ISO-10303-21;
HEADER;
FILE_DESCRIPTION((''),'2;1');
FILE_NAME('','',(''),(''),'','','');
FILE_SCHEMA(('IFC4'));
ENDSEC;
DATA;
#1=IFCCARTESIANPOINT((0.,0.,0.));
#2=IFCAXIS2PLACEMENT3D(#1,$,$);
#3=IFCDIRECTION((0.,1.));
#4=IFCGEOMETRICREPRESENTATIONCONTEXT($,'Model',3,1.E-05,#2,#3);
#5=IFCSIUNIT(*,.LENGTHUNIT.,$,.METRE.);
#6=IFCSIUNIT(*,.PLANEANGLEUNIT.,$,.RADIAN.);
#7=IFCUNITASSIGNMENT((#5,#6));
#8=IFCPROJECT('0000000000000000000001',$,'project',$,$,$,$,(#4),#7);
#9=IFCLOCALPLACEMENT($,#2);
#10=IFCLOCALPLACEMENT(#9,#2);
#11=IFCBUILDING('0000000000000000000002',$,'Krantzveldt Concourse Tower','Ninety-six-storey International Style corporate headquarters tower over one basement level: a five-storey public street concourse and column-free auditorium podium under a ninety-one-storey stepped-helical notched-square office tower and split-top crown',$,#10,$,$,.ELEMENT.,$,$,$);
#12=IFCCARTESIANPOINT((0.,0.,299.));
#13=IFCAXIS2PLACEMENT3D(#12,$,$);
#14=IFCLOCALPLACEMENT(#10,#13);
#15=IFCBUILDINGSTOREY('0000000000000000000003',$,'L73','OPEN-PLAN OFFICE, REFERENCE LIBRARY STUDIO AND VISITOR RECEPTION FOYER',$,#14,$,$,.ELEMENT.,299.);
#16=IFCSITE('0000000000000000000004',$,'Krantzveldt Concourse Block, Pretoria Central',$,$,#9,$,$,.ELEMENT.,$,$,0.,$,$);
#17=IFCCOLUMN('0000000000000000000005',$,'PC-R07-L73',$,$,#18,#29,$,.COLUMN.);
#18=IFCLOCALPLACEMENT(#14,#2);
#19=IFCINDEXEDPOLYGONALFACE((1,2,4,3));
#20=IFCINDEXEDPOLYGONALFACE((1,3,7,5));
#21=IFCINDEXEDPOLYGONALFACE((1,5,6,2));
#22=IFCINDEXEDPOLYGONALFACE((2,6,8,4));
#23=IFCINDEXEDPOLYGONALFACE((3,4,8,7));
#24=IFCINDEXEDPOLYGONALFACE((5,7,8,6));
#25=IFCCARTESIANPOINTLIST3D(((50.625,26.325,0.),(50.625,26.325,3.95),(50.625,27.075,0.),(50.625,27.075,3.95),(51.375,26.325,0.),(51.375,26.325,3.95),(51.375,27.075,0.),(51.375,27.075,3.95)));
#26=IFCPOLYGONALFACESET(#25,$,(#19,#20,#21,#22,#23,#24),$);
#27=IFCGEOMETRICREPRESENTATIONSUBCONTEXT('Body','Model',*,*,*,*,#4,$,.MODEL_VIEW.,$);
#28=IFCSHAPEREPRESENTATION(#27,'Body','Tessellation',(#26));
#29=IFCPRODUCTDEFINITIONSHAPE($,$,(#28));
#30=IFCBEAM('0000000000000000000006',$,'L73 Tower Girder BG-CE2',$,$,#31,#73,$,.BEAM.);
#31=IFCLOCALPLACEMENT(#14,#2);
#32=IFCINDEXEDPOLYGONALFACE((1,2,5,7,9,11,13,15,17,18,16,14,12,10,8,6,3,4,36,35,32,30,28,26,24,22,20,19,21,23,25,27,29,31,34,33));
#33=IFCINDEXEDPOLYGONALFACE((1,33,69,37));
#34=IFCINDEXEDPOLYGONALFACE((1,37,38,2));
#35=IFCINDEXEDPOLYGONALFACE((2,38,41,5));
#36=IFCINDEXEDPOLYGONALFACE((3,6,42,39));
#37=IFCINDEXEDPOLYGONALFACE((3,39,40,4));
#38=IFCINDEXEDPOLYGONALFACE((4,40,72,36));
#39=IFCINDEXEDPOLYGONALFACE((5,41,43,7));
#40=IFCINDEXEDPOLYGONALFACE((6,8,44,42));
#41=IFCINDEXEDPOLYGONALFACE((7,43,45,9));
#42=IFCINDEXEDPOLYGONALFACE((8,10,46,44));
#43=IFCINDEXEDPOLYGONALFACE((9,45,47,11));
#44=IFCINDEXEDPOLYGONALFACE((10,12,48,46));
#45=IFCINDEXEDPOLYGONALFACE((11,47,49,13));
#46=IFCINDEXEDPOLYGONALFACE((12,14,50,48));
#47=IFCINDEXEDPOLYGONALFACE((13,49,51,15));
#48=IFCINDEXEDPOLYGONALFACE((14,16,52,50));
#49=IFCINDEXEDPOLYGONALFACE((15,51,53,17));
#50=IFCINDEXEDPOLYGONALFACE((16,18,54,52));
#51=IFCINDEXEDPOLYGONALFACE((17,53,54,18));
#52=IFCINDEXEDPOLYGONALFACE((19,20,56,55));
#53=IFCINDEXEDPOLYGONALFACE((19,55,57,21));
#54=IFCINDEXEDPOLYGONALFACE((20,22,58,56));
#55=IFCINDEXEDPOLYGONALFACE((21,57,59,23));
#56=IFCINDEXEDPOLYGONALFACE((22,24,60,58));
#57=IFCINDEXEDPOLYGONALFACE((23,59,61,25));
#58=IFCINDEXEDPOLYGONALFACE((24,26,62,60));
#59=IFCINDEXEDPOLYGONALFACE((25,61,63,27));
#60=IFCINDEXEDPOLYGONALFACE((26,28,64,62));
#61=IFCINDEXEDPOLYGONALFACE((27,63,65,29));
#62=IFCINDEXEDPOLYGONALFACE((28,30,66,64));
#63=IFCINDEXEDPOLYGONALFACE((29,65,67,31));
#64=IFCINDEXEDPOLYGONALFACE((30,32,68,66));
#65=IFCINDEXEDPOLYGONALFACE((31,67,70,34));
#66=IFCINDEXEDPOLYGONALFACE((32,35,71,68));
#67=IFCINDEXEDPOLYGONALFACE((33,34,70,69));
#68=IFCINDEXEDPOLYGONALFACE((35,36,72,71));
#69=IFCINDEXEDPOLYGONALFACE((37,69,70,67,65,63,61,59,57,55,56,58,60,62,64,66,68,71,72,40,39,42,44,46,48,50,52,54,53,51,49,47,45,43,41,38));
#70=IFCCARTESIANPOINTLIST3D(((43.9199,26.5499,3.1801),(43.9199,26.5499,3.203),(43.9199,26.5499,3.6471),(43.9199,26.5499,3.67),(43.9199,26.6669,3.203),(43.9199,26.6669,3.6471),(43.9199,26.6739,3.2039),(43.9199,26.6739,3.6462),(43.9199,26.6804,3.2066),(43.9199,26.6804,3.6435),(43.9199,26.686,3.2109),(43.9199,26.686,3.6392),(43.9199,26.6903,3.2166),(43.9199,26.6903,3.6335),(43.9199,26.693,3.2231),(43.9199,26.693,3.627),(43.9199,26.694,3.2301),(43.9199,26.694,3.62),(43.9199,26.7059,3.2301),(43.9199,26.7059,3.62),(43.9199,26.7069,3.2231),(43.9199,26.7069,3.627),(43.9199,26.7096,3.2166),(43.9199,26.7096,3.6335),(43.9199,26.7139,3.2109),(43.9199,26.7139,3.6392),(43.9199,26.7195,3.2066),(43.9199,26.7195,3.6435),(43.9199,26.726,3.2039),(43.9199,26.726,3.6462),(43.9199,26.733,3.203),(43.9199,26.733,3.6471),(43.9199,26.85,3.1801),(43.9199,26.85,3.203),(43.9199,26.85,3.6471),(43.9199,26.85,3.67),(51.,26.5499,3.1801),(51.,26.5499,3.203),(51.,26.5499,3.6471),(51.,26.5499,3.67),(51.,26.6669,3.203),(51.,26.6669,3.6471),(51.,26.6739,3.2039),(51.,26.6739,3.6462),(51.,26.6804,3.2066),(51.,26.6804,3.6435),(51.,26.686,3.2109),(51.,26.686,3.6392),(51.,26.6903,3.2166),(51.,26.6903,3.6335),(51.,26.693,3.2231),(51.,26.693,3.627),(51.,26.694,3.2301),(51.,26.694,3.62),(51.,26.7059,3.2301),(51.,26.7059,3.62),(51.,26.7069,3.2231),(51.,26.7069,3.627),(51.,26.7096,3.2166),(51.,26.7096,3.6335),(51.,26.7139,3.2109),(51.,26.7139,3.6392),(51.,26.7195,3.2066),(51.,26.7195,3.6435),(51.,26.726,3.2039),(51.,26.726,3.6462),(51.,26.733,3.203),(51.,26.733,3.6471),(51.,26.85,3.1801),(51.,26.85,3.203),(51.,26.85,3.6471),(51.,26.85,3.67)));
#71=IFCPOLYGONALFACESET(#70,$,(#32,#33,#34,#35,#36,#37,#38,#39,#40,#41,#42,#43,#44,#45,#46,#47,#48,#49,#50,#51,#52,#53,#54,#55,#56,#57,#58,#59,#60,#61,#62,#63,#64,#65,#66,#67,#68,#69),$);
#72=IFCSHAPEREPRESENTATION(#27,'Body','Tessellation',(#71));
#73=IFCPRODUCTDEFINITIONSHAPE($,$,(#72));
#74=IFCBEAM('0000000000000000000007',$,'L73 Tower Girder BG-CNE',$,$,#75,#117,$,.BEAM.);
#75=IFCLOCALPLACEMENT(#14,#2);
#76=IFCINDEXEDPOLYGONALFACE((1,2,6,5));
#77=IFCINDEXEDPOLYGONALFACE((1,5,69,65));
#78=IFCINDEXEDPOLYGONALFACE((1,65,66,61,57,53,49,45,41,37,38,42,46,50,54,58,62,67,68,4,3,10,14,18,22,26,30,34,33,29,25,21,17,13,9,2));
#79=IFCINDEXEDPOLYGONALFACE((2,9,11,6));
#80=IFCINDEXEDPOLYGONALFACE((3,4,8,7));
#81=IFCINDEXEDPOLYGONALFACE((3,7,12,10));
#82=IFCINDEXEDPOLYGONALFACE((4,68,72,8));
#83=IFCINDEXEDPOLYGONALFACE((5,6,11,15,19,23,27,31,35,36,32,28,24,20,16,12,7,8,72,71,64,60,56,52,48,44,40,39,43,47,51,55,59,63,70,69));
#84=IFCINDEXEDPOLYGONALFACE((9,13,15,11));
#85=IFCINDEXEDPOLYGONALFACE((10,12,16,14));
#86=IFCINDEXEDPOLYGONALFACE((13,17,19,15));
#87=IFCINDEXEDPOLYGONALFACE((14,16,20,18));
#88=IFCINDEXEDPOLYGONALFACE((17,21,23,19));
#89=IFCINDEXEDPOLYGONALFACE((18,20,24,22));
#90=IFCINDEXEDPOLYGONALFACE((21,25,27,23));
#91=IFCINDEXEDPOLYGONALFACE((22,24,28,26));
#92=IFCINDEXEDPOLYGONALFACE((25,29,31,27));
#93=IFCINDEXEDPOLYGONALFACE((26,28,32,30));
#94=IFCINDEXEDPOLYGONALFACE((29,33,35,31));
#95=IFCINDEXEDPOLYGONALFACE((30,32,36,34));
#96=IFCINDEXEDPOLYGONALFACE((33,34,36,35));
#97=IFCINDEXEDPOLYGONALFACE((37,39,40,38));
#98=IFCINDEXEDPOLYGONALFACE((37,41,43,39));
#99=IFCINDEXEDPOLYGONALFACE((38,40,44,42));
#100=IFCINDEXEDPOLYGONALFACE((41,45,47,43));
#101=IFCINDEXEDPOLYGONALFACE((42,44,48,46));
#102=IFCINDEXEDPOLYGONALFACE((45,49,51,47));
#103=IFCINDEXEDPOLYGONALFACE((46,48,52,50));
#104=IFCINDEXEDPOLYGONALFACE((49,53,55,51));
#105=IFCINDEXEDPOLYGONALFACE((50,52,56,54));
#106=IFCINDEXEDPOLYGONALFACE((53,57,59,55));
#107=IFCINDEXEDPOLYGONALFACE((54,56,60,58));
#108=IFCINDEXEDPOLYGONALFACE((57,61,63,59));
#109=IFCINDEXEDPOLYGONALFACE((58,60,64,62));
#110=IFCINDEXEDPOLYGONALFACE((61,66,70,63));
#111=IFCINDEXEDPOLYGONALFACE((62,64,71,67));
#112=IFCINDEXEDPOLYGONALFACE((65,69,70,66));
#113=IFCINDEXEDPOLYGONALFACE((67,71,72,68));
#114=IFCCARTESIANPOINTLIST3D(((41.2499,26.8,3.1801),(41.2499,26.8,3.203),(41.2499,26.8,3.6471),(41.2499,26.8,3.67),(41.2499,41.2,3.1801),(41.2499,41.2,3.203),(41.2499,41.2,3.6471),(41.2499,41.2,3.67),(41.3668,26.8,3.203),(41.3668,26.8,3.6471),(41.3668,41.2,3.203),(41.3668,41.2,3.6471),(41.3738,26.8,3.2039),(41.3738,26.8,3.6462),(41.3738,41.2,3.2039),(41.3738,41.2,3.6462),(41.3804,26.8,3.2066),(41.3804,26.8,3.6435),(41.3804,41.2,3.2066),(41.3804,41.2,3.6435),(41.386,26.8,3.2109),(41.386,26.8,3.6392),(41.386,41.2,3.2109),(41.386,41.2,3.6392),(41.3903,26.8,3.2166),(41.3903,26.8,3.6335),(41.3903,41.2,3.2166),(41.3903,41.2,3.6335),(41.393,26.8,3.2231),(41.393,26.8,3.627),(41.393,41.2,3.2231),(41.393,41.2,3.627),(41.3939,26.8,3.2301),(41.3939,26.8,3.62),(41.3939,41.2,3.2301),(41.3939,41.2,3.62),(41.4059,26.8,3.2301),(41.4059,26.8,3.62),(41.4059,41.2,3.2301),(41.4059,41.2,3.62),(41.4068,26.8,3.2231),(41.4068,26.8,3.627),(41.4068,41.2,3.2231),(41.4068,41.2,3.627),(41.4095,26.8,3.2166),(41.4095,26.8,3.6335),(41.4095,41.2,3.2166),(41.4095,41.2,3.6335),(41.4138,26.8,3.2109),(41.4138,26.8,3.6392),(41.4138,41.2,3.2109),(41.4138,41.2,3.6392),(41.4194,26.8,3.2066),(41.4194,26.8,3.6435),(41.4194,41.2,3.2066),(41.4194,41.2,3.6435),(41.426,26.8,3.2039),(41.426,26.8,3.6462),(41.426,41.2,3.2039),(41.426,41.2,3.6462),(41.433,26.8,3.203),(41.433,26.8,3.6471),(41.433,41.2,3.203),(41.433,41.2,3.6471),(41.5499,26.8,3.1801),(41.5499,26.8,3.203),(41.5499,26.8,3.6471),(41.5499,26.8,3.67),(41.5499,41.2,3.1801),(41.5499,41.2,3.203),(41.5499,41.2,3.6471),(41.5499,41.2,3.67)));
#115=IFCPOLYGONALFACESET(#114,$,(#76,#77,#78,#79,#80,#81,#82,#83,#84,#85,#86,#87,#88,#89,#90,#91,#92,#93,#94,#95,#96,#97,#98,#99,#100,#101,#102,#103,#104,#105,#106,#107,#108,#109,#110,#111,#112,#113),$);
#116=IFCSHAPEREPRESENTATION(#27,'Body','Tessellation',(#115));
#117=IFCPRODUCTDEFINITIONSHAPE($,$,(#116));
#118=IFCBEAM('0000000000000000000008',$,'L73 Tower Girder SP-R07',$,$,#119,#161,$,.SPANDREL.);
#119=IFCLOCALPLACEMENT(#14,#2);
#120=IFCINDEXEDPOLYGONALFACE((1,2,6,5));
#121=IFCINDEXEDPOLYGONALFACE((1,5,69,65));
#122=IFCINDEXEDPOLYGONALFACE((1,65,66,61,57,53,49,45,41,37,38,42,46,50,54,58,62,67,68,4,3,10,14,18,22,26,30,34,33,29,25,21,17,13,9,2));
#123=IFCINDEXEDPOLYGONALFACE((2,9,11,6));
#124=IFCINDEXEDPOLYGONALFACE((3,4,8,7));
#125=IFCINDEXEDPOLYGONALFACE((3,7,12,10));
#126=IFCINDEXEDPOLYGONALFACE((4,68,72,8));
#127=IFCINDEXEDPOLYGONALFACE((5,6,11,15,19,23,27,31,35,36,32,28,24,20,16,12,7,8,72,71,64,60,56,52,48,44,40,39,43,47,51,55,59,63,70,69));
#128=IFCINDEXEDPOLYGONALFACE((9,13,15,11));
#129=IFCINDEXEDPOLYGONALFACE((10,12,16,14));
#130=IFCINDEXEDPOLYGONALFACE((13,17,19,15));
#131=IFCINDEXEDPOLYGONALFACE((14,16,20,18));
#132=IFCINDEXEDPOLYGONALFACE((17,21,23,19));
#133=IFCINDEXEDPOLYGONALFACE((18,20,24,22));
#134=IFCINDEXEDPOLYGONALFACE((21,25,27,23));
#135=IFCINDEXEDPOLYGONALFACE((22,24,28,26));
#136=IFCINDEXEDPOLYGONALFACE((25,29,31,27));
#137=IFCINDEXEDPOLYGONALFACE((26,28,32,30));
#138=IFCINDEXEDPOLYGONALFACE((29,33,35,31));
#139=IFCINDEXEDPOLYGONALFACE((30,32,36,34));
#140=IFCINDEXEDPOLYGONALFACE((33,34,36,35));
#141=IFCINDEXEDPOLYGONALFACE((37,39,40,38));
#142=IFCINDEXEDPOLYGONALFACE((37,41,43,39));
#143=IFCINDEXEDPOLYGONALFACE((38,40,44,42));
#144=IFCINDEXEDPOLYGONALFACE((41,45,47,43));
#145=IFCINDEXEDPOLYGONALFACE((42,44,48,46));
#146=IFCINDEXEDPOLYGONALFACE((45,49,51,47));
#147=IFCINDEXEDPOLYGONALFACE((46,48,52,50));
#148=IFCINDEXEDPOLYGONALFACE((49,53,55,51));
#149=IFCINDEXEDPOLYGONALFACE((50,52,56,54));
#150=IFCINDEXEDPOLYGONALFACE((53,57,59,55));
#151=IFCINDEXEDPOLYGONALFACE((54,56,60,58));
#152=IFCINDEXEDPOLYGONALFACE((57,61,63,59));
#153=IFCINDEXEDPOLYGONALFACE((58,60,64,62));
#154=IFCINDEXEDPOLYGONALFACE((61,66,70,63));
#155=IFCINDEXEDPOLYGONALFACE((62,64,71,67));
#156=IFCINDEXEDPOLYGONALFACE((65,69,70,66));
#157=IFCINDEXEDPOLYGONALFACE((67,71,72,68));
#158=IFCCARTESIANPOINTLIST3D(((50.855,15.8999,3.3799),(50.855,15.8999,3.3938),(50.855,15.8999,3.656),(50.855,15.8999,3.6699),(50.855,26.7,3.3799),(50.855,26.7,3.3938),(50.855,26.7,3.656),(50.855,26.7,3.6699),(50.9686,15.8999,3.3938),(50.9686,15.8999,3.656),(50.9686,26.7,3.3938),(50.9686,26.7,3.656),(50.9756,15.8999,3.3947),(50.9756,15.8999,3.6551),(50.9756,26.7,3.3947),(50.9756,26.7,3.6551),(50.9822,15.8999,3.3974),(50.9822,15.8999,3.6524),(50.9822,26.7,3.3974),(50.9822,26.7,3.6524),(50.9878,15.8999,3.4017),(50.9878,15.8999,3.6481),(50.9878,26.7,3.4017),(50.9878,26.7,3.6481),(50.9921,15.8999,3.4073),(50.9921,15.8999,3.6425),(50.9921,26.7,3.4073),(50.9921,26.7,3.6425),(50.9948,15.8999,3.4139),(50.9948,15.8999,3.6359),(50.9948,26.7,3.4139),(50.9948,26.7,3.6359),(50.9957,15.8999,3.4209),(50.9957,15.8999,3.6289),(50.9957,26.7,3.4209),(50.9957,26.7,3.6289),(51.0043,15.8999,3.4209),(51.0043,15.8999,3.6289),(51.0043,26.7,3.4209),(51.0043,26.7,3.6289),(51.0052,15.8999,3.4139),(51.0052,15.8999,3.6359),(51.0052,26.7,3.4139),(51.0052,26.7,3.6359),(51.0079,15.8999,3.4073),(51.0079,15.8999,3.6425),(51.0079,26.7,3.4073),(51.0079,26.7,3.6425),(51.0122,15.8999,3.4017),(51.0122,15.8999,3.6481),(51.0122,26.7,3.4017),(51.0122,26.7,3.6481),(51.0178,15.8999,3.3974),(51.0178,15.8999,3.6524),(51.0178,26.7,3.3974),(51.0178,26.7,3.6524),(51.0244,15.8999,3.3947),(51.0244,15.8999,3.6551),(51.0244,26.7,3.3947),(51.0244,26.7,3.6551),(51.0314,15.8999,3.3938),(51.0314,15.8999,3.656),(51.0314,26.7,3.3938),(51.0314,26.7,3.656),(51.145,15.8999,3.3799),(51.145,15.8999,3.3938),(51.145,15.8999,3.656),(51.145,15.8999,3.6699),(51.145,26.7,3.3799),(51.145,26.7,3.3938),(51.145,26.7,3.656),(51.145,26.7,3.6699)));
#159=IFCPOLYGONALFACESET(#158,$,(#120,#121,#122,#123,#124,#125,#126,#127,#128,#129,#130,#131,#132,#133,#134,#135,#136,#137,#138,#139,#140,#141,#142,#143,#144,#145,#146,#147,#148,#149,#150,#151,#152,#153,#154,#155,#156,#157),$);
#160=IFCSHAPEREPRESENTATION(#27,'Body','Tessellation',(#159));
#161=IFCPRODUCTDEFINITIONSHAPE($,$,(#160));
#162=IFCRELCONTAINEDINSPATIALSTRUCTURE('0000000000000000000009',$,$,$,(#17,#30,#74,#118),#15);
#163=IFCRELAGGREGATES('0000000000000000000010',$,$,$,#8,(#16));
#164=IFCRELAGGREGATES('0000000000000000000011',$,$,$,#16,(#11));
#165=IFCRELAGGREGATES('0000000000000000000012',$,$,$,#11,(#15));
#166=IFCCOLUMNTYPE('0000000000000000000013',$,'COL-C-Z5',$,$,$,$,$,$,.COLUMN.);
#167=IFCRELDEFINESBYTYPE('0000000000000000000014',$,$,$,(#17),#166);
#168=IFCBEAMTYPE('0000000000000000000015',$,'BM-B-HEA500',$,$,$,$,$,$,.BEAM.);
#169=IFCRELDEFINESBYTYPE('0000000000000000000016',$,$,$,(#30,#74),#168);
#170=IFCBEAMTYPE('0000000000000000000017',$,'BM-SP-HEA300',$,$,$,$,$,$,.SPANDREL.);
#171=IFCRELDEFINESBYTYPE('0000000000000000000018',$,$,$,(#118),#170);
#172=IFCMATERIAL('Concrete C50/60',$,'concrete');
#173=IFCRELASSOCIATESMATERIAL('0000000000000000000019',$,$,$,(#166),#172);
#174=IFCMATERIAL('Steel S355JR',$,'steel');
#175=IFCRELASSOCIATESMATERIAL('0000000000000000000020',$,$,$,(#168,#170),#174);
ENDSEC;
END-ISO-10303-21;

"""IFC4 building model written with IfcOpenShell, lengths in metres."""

from ifc_helpers import new_model, si_unit, direction, frame, origin, origin_2d, place, context, subcontext, project, spatial, rectangle, i_section, extrude, source, transform, mapped, material, material_profile, profile_set, type_object, type_shapes, element, save


model = new_model("IFC4")

# Units and contexts
model_context = context("Model", 3, precision=1e-05, world=origin(), true_north=direction((0.0, 1.0)))
body_context = subcontext(model_context, "Body", "Model", "MODEL_VIEW")
ifc_project = project(units=[si_unit("LENGTHUNIT", "METRE"), si_unit("PLANEANGLEUNIT", "RADIAN")], contexts=[model_context])

# Site, building, storey
site_placement = place(None, origin())
site = spatial("IfcSite", under=ifc_project, at=site_placement, Name="Krantzveldt Concourse Block, Pretoria Central", CompositionType="ELEMENT", RefElevation=0.0)
building_placement = place(site_placement, origin())
building = spatial("IfcBuilding", under=site, at=building_placement, Name="Krantzveldt Concourse Tower", Description="Ninety-six-storey International Style corporate headquarters tower over one basement level: a five-storey public street concourse and column-free auditorium podium under a ninety-one-storey stepped-helical notched-square office tower and split-top crown", CompositionType="ELEMENT")
storey_placement = place(building_placement, frame((0.0, 0.0, 299.0)))
storey = spatial("IfcBuildingStorey", under=building, at=storey_placement, Name="L73", Description="OPEN-PLAN OFFICE, REFERENCE LIBRARY STUDIO AND VISITOR RECEPTION FOYER", CompositionType="ELEMENT", Elevation=299.0)

# Column
ifc_material_1 = material(Name="Concrete C50/60", Category="concrete")
ifc_material_profile_1 = material_profile(ifc_material_1, rectangle(XDim=0.75, YDim=0.75, at=origin_2d()), Name="Concrete C50/60", Category="concrete")
ifc_profile_set_1 = profile_set([ifc_material_profile_1], Name="Concrete C50/60 - RC 750x750")
column_type = type_object("IfcColumnType", Name="COL-C-Z5", PredefinedType="COLUMN", material=ifc_profile_set_1)
shared_shape_1 = source(origin(), body_context, "Body", "SweptSolid", [
    extrude(rectangle(XDim=0.75, YDim=0.75, at=origin_2d()), origin(), (0.0, 0.0, 1.0), 3.95),
])
type_shapes(column_type, [shared_shape_1])
column_placement = place(storey_placement, frame((51.0, 26.7, 0.0), z_axis=(0.0, 0.0, 1.0), x_axis=(1.0, 0.0, 0.0)))
element("IfcColumn", 1, at=column_placement, inside=storey, type_object=column_type, Name="PC-R07-L73", PredefinedType="COLUMN", context=body_context, shape_type="MappedRepresentation", body=[
    mapped(shared_shape_1, transform((0.0, 0.0, 0.0), x_axis=(1.0, 0.0, 0.0), y_axis=(0.0, 1.0, 0.0), z_axis=(0.0, 0.0, 1.0), scale=1.0)),
])

# Beams
ifc_material_2 = material(Name="Steel S355JR", Category="steel")
ifc_material_profile_2 = material_profile(ifc_material_2, i_section(OverallWidth=0.3, OverallDepth=0.49, WebThickness=0.012, FlangeThickness=0.0229, FilletRadius=0.0271, at=origin_2d()), Name="Steel S355JR", Category="steel")
ifc_profile_set_2 = profile_set([ifc_material_profile_2], Name="Steel S355JR - HEA 500")
beam_type_1 = type_object("IfcBeamType", Name="BM-B-HEA500", PredefinedType="BEAM", material=ifc_profile_set_2)
shared_shape_2 = source(origin(), body_context, "Body", "SweptSolid", [
    extrude(i_section(OverallWidth=0.3, OverallDepth=0.49, WebThickness=0.012, FlangeThickness=0.0229, FilletRadius=0.0271, at=origin_2d()), origin(), (0.0, 0.0, 1.0), 7.0801),
])
beam_1_placement = place(storey_placement, frame((43.9199, 26.7, 3.425), z_axis=(1.0, 0.0, 0.0), x_axis=(0.0, 1.0, 0.0)))
element("IfcBeam", 2, at=beam_1_placement, inside=storey, type_object=beam_type_1, Name="L73 Tower Girder BG-CE2", PredefinedType="BEAM", context=body_context, shape_type="MappedRepresentation", body=[
    mapped(shared_shape_2, transform((0.0, 0.0, 0.0), x_axis=(1.0, 0.0, 0.0), y_axis=(0.0, 1.0, 0.0), z_axis=(0.0, 0.0, 1.0), scale=1.0)),
])
shared_shape_3 = source(origin(), body_context, "Body", "SweptSolid", [
    extrude(i_section(OverallWidth=0.3, OverallDepth=0.49, WebThickness=0.012, FlangeThickness=0.0229, FilletRadius=0.0271, at=origin_2d()), origin(), (0.0, 0.0, 1.0), 14.3999),
])
type_shapes(beam_type_1, [shared_shape_2, shared_shape_3])
beam_2_placement = place(storey_placement, frame((41.3999, 26.8, 3.425), z_axis=(0.0, 1.0, 0.0), x_axis=(-1.0, 0.0, 0.0)))
element("IfcBeam", 3, at=beam_2_placement, inside=storey, type_object=beam_type_1, Name="L73 Tower Girder BG-CNE", PredefinedType="BEAM", context=body_context, shape_type="MappedRepresentation", body=[
    mapped(shared_shape_3, transform((0.0, 0.0, 0.0), x_axis=(1.0, 0.0, 0.0), y_axis=(0.0, 1.0, 0.0), z_axis=(0.0, 0.0, 1.0), scale=1.0)),
])
ifc_material_profile_3 = material_profile(ifc_material_2, i_section(OverallWidth=0.29, OverallDepth=0.29, WebThickness=0.0085, FlangeThickness=0.0139, FilletRadius=0.0271, at=origin_2d()), Name="Steel S355JR", Category="steel")
ifc_profile_set_3 = profile_set([ifc_material_profile_3], Name="Steel S355JR - HEA 300")
beam_type_2 = type_object("IfcBeamType", Name="BM-SP-HEA300", PredefinedType="SPANDREL", material=ifc_profile_set_3)
shared_shape_4 = source(origin(), body_context, "Body", "SweptSolid", [
    extrude(i_section(OverallWidth=0.29, OverallDepth=0.29, WebThickness=0.0085, FlangeThickness=0.0139, FilletRadius=0.0271, at=origin_2d()), origin(), (0.0, 0.0, 1.0), 10.8),
])
type_shapes(beam_type_2, [shared_shape_4])
beam_3_placement = place(storey_placement, frame((51.0, 26.7, 3.5249), z_axis=(0.0, -1.0, 0.0), x_axis=(1.0, 0.0, 0.0)))
element("IfcBeam", 4, at=beam_3_placement, inside=storey, type_object=beam_type_2, Name="L73 Tower Girder SP-R07", PredefinedType="SPANDREL", context=body_context, shape_type="MappedRepresentation", body=[
    mapped(shared_shape_4, transform((0.0, 0.0, 0.0), x_axis=(1.0, 0.0, 0.0), y_axis=(0.0, 1.0, 0.0), z_axis=(0.0, 0.0, 1.0), scale=1.0)),
])

save(model, "model.ifc")
